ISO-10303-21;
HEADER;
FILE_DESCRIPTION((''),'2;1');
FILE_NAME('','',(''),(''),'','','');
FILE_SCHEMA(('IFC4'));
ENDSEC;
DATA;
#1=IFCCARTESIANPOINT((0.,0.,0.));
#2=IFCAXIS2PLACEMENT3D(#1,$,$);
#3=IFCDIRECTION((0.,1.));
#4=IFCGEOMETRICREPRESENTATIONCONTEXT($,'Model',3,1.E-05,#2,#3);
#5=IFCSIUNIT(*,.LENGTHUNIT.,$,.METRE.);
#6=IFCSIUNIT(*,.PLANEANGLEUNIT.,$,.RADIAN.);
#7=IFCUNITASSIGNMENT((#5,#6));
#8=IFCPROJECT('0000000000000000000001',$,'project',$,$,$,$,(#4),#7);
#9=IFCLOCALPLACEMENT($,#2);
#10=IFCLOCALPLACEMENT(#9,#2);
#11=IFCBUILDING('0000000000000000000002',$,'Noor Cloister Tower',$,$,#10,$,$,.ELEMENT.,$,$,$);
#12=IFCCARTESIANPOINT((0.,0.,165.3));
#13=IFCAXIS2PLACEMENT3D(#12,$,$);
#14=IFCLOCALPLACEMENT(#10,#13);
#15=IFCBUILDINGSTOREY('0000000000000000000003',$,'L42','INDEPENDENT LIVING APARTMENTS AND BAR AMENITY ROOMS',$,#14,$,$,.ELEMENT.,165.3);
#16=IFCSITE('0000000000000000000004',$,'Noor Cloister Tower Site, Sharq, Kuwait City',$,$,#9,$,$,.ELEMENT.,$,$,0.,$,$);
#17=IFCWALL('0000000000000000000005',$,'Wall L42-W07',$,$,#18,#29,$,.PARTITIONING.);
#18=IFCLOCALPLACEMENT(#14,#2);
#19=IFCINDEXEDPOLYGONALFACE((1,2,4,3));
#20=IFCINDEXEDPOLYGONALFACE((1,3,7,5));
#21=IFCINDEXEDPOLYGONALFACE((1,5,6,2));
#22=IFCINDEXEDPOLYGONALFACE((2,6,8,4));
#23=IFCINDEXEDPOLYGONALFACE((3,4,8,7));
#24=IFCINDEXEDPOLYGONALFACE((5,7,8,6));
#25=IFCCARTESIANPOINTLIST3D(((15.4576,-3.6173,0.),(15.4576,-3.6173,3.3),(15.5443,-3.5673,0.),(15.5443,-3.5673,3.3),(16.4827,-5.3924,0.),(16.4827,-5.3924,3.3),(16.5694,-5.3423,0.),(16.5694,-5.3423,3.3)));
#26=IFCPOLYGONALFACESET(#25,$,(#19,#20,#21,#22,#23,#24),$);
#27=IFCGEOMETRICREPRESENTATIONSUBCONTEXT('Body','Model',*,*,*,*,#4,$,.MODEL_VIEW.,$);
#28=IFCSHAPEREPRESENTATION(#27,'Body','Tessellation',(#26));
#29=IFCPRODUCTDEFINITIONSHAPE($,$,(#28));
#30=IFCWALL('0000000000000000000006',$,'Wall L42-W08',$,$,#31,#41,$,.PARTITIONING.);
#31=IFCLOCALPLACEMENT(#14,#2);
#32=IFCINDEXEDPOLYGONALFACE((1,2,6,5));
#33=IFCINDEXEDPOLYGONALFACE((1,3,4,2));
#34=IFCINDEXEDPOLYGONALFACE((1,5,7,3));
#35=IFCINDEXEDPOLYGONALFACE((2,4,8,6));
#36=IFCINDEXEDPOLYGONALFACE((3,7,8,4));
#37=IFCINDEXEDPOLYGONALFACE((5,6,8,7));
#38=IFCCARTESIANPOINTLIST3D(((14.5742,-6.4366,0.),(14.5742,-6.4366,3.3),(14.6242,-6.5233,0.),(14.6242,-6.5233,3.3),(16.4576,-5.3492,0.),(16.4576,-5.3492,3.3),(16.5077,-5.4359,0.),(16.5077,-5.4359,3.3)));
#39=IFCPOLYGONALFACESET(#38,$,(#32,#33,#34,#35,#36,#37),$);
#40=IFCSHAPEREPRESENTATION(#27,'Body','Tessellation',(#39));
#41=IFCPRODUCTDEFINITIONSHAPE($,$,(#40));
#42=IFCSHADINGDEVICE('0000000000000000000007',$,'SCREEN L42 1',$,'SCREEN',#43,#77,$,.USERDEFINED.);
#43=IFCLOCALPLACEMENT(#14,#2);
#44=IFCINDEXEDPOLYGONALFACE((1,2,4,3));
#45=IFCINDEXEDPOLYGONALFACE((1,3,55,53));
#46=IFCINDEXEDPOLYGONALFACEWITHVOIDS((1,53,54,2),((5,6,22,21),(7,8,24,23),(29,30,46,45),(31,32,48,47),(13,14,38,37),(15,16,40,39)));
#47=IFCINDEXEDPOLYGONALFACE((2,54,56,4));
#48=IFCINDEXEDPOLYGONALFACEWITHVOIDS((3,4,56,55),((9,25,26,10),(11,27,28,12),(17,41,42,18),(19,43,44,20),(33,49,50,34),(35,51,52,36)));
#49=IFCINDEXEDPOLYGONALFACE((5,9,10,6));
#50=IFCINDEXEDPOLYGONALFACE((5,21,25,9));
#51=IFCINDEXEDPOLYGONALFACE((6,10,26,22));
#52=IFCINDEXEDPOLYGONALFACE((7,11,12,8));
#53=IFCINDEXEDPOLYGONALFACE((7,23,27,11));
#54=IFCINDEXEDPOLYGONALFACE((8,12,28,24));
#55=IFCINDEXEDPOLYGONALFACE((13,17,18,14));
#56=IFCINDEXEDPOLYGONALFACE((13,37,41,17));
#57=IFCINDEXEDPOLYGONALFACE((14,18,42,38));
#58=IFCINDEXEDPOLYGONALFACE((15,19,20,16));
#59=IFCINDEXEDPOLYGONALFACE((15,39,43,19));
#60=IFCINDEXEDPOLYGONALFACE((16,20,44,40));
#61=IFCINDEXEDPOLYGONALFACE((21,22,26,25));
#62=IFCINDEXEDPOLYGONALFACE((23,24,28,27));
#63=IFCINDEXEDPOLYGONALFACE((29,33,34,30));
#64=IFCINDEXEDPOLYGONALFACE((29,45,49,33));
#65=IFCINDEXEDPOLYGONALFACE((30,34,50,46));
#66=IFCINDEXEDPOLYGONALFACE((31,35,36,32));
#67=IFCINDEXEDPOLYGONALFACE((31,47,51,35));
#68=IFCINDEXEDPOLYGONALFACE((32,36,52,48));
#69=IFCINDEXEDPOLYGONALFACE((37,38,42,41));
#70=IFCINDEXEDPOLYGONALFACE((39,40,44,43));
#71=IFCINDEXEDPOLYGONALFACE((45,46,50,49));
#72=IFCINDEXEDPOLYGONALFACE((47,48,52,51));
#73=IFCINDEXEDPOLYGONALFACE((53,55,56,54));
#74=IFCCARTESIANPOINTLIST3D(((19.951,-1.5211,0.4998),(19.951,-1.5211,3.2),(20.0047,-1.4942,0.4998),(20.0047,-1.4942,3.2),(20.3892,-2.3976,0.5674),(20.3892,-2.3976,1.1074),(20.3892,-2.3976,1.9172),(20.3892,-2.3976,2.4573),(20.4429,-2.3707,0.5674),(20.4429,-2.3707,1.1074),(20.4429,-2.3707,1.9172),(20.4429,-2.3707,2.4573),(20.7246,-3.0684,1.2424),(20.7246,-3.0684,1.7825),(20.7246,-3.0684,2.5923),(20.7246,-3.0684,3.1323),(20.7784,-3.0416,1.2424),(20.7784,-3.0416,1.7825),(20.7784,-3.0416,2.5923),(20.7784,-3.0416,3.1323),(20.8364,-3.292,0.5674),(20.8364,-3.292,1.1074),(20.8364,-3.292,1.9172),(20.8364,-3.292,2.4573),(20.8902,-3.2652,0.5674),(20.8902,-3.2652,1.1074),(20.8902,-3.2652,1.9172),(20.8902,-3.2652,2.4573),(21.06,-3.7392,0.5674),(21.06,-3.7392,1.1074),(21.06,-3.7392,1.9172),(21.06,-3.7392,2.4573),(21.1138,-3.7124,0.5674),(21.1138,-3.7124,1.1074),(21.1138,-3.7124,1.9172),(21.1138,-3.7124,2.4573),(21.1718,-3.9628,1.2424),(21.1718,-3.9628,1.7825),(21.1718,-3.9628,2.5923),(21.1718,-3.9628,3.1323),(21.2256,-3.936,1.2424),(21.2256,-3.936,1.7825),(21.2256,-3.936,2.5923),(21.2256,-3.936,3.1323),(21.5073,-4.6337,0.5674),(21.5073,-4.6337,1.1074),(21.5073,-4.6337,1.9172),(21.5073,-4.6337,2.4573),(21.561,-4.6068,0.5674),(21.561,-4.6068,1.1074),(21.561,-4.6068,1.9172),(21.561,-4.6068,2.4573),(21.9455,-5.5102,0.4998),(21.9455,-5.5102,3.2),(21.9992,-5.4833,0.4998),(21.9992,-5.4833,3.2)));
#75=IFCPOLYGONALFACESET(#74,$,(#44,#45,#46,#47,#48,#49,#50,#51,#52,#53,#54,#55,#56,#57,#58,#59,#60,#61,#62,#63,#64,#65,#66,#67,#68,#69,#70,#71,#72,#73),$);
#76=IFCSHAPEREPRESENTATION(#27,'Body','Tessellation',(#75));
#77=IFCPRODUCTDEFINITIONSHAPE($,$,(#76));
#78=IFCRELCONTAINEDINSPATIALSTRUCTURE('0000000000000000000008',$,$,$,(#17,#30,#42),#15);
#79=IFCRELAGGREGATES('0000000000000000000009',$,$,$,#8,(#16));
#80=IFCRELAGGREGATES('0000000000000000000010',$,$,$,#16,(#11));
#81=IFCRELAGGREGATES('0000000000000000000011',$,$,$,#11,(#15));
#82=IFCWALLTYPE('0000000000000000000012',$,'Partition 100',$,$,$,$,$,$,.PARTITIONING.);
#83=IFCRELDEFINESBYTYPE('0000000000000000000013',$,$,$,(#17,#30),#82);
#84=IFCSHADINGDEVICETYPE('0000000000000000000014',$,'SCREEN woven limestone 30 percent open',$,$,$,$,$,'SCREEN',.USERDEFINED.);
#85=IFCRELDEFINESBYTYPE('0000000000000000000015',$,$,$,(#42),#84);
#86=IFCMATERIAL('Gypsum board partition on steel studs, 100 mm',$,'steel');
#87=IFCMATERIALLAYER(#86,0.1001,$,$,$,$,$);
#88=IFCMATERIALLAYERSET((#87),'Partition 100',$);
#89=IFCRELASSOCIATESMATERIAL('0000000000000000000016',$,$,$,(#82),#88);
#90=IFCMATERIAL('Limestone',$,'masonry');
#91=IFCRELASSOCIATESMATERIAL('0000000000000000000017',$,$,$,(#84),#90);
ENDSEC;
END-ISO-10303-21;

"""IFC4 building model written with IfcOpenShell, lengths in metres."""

from ifc_helpers import new_model, si_unit, direction, frame, frame_2d, origin, place, context, subcontext, project, spatial, polyline, rectangle, outline, extrude, material, layer, layer_set, material_profile, profile_set, type_object, element, save


model = new_model("IFC4")

# Units and contexts
model_context = context("Model", 3, precision=1e-05, world=origin(), true_north=direction((0.0, 1.0)))
body_context = subcontext(model_context, "Body", "Model", "MODEL_VIEW")
ifc_project = project(units=[si_unit("LENGTHUNIT", "METRE"), si_unit("PLANEANGLEUNIT", "RADIAN")], contexts=[model_context])

# Site, building, storey
site_placement = place(None, origin())
site = spatial("IfcSite", under=ifc_project, at=site_placement, Name="Noor Cloister Tower Site, Sharq, Kuwait City", CompositionType="ELEMENT", RefElevation=0.0)
building_placement = place(site_placement, origin())
building = spatial("IfcBuilding", under=site, at=building_placement, Name="Noor Cloister Tower", CompositionType="ELEMENT")
storey_placement = place(building_placement, frame((0.0, 0.0, 165.3)))
storey = spatial("IfcBuildingStorey", under=building, at=storey_placement, Name="L42", Description="INDEPENDENT LIVING APARTMENTS AND BAR AMENITY ROOMS", CompositionType="ELEMENT", Elevation=165.3)

# Shared definitions
ifc_material_1 = material(Name="Gypsum board partition on steel studs, 100 mm", Category="steel")
ifc_layer_1 = layer(ifc_material_1, 0.1001)
ifc_layer_set_1 = layer_set([ifc_layer_1], Name="Partition 100")
wall_type_1 = type_object("IfcWallType", Name="Partition 100", PredefinedType="PARTITIONING", material=ifc_layer_set_1)

# Walls
wall_1_placement = place(storey_placement, frame((15.501, -3.5923, 0.0), z_axis=(0.0, 0.0, 1.0), x_axis=(0.500097, -0.865969, 0.0)))
element("IfcWall", 1, at=wall_1_placement, inside=storey, type_object=wall_type_1, Name="Wall L42-W07", PredefinedType="PARTITIONING", context=body_context, shape_type="SweptSolid", body=[
    extrude(rectangle(XDim=2.0498, YDim=0.1001, at=frame_2d((1.0249, 0.0))), origin(), (0.0, 0.0, 1.0), 3.3),
])
wall_2_placement = place(storey_placement, frame((16.4827, -5.3926, 0.0), z_axis=(0.0, 0.0, 1.0), x_axis=(-0.866038, -0.499978, 0.0)))
element("IfcWall", 2, at=wall_2_placement, inside=storey, type_object=wall_type_1, Name="Wall L42-W08", PredefinedType="PARTITIONING", context=body_context, shape_type="SweptSolid", body=[
    extrude(rectangle(XDim=2.1748, YDim=0.1001, at=frame_2d((1.0874, 0.0))), origin(), (0.0, 0.0, 1.0), 3.3),
])

# Shading device
ifc_material_2 = material(Name="Limestone", Category="masonry")
ifc_material_profile_1 = material_profile(ifc_material_2, outline(polyline([(-2.23, -1.3501), (2.23, -1.3501), (2.23, 1.3501), (-2.23, 1.3501), (-2.23, -1.3501)]), holes=[polyline([(-1.25, -1.2825), (-0.25, -1.2825), (-0.25, -0.7424), (-1.25, -0.7424), (-1.25, -1.2825)]), polyline([(0.25, -1.2825), (1.25, -1.2825), (1.25, -0.7424), (0.25, -0.7424), (0.25, -1.2825)]), polyline([(-0.5, -0.6074), (0.5, -0.6074), (0.5, -0.0674), (-0.5, -0.0674), (-0.5, -0.6074)]), polyline([(-1.25, 0.0674), (-0.25, 0.0674), (-0.25, 0.6074), (-1.25, 0.6074), (-1.25, 0.0674)]), polyline([(0.25, 0.0674), (1.25, 0.0674), (1.25, 0.6074), (0.25, 0.6074), (0.25, 0.0674)]), polyline([(-0.5, 0.7424), (0.5, 0.7424), (0.5, 1.2825), (-0.5, 1.2825), (-0.5, 0.7424)])]), Name="Woven screen 30 percent open")
ifc_profile_set_1 = profile_set([ifc_material_profile_1], Name="Limestone")
shading_device_type = type_object("IfcShadingDeviceType", Name="SCREEN woven limestone 30 percent open", ElementType="SCREEN", PredefinedType="USERDEFINED", material=ifc_profile_set_1)
shading_device_placement = place(storey_placement, frame((20.9482, -3.5156, 1.8499), z_axis=(0.894427, 0.447214, 0.0), x_axis=(-0.447214, 0.894427, 0.0)))
element("IfcShadingDevice", 3, at=shading_device_placement, inside=storey, type_object=shading_device_type, Name="SCREEN L42 1", ObjectType="SCREEN", PredefinedType="USERDEFINED", context=body_context, shape_type="SweptSolid", body=[
    extrude(outline(polyline([(-2.23, -1.3501), (2.23, -1.3501), (2.23, 1.3501), (-2.23, 1.3501), (-2.23, -1.3501)]), holes=[polyline([(-1.25, -1.2825), (-0.25, -1.2825), (-0.25, -0.7424), (-1.25, -0.7424), (-1.25, -1.2825)]), polyline([(0.25, -1.2825), (1.25, -1.2825), (1.25, -0.7424), (0.25, -0.7424), (0.25, -1.2825)]), polyline([(-0.5, -0.6074), (0.5, -0.6074), (0.5, -0.0674), (-0.5, -0.0674), (-0.5, -0.6074)]), polyline([(-1.25, 0.0674), (-0.25, 0.0674), (-0.25, 0.6074), (-1.25, 0.6074), (-1.25, 0.0674)]), polyline([(0.25, 0.0674), (1.25, 0.0674), (1.25, 0.6074), (0.25, 0.6074), (0.25, 0.0674)]), polyline([(-0.5, 0.7424), (0.5, 0.7424), (0.5, 1.2825), (-0.5, 1.2825), (-0.5, 0.7424)])]), origin(), (0.0, 0.0, 1.0), 0.0601),
])

save(model, "model.ifc")
